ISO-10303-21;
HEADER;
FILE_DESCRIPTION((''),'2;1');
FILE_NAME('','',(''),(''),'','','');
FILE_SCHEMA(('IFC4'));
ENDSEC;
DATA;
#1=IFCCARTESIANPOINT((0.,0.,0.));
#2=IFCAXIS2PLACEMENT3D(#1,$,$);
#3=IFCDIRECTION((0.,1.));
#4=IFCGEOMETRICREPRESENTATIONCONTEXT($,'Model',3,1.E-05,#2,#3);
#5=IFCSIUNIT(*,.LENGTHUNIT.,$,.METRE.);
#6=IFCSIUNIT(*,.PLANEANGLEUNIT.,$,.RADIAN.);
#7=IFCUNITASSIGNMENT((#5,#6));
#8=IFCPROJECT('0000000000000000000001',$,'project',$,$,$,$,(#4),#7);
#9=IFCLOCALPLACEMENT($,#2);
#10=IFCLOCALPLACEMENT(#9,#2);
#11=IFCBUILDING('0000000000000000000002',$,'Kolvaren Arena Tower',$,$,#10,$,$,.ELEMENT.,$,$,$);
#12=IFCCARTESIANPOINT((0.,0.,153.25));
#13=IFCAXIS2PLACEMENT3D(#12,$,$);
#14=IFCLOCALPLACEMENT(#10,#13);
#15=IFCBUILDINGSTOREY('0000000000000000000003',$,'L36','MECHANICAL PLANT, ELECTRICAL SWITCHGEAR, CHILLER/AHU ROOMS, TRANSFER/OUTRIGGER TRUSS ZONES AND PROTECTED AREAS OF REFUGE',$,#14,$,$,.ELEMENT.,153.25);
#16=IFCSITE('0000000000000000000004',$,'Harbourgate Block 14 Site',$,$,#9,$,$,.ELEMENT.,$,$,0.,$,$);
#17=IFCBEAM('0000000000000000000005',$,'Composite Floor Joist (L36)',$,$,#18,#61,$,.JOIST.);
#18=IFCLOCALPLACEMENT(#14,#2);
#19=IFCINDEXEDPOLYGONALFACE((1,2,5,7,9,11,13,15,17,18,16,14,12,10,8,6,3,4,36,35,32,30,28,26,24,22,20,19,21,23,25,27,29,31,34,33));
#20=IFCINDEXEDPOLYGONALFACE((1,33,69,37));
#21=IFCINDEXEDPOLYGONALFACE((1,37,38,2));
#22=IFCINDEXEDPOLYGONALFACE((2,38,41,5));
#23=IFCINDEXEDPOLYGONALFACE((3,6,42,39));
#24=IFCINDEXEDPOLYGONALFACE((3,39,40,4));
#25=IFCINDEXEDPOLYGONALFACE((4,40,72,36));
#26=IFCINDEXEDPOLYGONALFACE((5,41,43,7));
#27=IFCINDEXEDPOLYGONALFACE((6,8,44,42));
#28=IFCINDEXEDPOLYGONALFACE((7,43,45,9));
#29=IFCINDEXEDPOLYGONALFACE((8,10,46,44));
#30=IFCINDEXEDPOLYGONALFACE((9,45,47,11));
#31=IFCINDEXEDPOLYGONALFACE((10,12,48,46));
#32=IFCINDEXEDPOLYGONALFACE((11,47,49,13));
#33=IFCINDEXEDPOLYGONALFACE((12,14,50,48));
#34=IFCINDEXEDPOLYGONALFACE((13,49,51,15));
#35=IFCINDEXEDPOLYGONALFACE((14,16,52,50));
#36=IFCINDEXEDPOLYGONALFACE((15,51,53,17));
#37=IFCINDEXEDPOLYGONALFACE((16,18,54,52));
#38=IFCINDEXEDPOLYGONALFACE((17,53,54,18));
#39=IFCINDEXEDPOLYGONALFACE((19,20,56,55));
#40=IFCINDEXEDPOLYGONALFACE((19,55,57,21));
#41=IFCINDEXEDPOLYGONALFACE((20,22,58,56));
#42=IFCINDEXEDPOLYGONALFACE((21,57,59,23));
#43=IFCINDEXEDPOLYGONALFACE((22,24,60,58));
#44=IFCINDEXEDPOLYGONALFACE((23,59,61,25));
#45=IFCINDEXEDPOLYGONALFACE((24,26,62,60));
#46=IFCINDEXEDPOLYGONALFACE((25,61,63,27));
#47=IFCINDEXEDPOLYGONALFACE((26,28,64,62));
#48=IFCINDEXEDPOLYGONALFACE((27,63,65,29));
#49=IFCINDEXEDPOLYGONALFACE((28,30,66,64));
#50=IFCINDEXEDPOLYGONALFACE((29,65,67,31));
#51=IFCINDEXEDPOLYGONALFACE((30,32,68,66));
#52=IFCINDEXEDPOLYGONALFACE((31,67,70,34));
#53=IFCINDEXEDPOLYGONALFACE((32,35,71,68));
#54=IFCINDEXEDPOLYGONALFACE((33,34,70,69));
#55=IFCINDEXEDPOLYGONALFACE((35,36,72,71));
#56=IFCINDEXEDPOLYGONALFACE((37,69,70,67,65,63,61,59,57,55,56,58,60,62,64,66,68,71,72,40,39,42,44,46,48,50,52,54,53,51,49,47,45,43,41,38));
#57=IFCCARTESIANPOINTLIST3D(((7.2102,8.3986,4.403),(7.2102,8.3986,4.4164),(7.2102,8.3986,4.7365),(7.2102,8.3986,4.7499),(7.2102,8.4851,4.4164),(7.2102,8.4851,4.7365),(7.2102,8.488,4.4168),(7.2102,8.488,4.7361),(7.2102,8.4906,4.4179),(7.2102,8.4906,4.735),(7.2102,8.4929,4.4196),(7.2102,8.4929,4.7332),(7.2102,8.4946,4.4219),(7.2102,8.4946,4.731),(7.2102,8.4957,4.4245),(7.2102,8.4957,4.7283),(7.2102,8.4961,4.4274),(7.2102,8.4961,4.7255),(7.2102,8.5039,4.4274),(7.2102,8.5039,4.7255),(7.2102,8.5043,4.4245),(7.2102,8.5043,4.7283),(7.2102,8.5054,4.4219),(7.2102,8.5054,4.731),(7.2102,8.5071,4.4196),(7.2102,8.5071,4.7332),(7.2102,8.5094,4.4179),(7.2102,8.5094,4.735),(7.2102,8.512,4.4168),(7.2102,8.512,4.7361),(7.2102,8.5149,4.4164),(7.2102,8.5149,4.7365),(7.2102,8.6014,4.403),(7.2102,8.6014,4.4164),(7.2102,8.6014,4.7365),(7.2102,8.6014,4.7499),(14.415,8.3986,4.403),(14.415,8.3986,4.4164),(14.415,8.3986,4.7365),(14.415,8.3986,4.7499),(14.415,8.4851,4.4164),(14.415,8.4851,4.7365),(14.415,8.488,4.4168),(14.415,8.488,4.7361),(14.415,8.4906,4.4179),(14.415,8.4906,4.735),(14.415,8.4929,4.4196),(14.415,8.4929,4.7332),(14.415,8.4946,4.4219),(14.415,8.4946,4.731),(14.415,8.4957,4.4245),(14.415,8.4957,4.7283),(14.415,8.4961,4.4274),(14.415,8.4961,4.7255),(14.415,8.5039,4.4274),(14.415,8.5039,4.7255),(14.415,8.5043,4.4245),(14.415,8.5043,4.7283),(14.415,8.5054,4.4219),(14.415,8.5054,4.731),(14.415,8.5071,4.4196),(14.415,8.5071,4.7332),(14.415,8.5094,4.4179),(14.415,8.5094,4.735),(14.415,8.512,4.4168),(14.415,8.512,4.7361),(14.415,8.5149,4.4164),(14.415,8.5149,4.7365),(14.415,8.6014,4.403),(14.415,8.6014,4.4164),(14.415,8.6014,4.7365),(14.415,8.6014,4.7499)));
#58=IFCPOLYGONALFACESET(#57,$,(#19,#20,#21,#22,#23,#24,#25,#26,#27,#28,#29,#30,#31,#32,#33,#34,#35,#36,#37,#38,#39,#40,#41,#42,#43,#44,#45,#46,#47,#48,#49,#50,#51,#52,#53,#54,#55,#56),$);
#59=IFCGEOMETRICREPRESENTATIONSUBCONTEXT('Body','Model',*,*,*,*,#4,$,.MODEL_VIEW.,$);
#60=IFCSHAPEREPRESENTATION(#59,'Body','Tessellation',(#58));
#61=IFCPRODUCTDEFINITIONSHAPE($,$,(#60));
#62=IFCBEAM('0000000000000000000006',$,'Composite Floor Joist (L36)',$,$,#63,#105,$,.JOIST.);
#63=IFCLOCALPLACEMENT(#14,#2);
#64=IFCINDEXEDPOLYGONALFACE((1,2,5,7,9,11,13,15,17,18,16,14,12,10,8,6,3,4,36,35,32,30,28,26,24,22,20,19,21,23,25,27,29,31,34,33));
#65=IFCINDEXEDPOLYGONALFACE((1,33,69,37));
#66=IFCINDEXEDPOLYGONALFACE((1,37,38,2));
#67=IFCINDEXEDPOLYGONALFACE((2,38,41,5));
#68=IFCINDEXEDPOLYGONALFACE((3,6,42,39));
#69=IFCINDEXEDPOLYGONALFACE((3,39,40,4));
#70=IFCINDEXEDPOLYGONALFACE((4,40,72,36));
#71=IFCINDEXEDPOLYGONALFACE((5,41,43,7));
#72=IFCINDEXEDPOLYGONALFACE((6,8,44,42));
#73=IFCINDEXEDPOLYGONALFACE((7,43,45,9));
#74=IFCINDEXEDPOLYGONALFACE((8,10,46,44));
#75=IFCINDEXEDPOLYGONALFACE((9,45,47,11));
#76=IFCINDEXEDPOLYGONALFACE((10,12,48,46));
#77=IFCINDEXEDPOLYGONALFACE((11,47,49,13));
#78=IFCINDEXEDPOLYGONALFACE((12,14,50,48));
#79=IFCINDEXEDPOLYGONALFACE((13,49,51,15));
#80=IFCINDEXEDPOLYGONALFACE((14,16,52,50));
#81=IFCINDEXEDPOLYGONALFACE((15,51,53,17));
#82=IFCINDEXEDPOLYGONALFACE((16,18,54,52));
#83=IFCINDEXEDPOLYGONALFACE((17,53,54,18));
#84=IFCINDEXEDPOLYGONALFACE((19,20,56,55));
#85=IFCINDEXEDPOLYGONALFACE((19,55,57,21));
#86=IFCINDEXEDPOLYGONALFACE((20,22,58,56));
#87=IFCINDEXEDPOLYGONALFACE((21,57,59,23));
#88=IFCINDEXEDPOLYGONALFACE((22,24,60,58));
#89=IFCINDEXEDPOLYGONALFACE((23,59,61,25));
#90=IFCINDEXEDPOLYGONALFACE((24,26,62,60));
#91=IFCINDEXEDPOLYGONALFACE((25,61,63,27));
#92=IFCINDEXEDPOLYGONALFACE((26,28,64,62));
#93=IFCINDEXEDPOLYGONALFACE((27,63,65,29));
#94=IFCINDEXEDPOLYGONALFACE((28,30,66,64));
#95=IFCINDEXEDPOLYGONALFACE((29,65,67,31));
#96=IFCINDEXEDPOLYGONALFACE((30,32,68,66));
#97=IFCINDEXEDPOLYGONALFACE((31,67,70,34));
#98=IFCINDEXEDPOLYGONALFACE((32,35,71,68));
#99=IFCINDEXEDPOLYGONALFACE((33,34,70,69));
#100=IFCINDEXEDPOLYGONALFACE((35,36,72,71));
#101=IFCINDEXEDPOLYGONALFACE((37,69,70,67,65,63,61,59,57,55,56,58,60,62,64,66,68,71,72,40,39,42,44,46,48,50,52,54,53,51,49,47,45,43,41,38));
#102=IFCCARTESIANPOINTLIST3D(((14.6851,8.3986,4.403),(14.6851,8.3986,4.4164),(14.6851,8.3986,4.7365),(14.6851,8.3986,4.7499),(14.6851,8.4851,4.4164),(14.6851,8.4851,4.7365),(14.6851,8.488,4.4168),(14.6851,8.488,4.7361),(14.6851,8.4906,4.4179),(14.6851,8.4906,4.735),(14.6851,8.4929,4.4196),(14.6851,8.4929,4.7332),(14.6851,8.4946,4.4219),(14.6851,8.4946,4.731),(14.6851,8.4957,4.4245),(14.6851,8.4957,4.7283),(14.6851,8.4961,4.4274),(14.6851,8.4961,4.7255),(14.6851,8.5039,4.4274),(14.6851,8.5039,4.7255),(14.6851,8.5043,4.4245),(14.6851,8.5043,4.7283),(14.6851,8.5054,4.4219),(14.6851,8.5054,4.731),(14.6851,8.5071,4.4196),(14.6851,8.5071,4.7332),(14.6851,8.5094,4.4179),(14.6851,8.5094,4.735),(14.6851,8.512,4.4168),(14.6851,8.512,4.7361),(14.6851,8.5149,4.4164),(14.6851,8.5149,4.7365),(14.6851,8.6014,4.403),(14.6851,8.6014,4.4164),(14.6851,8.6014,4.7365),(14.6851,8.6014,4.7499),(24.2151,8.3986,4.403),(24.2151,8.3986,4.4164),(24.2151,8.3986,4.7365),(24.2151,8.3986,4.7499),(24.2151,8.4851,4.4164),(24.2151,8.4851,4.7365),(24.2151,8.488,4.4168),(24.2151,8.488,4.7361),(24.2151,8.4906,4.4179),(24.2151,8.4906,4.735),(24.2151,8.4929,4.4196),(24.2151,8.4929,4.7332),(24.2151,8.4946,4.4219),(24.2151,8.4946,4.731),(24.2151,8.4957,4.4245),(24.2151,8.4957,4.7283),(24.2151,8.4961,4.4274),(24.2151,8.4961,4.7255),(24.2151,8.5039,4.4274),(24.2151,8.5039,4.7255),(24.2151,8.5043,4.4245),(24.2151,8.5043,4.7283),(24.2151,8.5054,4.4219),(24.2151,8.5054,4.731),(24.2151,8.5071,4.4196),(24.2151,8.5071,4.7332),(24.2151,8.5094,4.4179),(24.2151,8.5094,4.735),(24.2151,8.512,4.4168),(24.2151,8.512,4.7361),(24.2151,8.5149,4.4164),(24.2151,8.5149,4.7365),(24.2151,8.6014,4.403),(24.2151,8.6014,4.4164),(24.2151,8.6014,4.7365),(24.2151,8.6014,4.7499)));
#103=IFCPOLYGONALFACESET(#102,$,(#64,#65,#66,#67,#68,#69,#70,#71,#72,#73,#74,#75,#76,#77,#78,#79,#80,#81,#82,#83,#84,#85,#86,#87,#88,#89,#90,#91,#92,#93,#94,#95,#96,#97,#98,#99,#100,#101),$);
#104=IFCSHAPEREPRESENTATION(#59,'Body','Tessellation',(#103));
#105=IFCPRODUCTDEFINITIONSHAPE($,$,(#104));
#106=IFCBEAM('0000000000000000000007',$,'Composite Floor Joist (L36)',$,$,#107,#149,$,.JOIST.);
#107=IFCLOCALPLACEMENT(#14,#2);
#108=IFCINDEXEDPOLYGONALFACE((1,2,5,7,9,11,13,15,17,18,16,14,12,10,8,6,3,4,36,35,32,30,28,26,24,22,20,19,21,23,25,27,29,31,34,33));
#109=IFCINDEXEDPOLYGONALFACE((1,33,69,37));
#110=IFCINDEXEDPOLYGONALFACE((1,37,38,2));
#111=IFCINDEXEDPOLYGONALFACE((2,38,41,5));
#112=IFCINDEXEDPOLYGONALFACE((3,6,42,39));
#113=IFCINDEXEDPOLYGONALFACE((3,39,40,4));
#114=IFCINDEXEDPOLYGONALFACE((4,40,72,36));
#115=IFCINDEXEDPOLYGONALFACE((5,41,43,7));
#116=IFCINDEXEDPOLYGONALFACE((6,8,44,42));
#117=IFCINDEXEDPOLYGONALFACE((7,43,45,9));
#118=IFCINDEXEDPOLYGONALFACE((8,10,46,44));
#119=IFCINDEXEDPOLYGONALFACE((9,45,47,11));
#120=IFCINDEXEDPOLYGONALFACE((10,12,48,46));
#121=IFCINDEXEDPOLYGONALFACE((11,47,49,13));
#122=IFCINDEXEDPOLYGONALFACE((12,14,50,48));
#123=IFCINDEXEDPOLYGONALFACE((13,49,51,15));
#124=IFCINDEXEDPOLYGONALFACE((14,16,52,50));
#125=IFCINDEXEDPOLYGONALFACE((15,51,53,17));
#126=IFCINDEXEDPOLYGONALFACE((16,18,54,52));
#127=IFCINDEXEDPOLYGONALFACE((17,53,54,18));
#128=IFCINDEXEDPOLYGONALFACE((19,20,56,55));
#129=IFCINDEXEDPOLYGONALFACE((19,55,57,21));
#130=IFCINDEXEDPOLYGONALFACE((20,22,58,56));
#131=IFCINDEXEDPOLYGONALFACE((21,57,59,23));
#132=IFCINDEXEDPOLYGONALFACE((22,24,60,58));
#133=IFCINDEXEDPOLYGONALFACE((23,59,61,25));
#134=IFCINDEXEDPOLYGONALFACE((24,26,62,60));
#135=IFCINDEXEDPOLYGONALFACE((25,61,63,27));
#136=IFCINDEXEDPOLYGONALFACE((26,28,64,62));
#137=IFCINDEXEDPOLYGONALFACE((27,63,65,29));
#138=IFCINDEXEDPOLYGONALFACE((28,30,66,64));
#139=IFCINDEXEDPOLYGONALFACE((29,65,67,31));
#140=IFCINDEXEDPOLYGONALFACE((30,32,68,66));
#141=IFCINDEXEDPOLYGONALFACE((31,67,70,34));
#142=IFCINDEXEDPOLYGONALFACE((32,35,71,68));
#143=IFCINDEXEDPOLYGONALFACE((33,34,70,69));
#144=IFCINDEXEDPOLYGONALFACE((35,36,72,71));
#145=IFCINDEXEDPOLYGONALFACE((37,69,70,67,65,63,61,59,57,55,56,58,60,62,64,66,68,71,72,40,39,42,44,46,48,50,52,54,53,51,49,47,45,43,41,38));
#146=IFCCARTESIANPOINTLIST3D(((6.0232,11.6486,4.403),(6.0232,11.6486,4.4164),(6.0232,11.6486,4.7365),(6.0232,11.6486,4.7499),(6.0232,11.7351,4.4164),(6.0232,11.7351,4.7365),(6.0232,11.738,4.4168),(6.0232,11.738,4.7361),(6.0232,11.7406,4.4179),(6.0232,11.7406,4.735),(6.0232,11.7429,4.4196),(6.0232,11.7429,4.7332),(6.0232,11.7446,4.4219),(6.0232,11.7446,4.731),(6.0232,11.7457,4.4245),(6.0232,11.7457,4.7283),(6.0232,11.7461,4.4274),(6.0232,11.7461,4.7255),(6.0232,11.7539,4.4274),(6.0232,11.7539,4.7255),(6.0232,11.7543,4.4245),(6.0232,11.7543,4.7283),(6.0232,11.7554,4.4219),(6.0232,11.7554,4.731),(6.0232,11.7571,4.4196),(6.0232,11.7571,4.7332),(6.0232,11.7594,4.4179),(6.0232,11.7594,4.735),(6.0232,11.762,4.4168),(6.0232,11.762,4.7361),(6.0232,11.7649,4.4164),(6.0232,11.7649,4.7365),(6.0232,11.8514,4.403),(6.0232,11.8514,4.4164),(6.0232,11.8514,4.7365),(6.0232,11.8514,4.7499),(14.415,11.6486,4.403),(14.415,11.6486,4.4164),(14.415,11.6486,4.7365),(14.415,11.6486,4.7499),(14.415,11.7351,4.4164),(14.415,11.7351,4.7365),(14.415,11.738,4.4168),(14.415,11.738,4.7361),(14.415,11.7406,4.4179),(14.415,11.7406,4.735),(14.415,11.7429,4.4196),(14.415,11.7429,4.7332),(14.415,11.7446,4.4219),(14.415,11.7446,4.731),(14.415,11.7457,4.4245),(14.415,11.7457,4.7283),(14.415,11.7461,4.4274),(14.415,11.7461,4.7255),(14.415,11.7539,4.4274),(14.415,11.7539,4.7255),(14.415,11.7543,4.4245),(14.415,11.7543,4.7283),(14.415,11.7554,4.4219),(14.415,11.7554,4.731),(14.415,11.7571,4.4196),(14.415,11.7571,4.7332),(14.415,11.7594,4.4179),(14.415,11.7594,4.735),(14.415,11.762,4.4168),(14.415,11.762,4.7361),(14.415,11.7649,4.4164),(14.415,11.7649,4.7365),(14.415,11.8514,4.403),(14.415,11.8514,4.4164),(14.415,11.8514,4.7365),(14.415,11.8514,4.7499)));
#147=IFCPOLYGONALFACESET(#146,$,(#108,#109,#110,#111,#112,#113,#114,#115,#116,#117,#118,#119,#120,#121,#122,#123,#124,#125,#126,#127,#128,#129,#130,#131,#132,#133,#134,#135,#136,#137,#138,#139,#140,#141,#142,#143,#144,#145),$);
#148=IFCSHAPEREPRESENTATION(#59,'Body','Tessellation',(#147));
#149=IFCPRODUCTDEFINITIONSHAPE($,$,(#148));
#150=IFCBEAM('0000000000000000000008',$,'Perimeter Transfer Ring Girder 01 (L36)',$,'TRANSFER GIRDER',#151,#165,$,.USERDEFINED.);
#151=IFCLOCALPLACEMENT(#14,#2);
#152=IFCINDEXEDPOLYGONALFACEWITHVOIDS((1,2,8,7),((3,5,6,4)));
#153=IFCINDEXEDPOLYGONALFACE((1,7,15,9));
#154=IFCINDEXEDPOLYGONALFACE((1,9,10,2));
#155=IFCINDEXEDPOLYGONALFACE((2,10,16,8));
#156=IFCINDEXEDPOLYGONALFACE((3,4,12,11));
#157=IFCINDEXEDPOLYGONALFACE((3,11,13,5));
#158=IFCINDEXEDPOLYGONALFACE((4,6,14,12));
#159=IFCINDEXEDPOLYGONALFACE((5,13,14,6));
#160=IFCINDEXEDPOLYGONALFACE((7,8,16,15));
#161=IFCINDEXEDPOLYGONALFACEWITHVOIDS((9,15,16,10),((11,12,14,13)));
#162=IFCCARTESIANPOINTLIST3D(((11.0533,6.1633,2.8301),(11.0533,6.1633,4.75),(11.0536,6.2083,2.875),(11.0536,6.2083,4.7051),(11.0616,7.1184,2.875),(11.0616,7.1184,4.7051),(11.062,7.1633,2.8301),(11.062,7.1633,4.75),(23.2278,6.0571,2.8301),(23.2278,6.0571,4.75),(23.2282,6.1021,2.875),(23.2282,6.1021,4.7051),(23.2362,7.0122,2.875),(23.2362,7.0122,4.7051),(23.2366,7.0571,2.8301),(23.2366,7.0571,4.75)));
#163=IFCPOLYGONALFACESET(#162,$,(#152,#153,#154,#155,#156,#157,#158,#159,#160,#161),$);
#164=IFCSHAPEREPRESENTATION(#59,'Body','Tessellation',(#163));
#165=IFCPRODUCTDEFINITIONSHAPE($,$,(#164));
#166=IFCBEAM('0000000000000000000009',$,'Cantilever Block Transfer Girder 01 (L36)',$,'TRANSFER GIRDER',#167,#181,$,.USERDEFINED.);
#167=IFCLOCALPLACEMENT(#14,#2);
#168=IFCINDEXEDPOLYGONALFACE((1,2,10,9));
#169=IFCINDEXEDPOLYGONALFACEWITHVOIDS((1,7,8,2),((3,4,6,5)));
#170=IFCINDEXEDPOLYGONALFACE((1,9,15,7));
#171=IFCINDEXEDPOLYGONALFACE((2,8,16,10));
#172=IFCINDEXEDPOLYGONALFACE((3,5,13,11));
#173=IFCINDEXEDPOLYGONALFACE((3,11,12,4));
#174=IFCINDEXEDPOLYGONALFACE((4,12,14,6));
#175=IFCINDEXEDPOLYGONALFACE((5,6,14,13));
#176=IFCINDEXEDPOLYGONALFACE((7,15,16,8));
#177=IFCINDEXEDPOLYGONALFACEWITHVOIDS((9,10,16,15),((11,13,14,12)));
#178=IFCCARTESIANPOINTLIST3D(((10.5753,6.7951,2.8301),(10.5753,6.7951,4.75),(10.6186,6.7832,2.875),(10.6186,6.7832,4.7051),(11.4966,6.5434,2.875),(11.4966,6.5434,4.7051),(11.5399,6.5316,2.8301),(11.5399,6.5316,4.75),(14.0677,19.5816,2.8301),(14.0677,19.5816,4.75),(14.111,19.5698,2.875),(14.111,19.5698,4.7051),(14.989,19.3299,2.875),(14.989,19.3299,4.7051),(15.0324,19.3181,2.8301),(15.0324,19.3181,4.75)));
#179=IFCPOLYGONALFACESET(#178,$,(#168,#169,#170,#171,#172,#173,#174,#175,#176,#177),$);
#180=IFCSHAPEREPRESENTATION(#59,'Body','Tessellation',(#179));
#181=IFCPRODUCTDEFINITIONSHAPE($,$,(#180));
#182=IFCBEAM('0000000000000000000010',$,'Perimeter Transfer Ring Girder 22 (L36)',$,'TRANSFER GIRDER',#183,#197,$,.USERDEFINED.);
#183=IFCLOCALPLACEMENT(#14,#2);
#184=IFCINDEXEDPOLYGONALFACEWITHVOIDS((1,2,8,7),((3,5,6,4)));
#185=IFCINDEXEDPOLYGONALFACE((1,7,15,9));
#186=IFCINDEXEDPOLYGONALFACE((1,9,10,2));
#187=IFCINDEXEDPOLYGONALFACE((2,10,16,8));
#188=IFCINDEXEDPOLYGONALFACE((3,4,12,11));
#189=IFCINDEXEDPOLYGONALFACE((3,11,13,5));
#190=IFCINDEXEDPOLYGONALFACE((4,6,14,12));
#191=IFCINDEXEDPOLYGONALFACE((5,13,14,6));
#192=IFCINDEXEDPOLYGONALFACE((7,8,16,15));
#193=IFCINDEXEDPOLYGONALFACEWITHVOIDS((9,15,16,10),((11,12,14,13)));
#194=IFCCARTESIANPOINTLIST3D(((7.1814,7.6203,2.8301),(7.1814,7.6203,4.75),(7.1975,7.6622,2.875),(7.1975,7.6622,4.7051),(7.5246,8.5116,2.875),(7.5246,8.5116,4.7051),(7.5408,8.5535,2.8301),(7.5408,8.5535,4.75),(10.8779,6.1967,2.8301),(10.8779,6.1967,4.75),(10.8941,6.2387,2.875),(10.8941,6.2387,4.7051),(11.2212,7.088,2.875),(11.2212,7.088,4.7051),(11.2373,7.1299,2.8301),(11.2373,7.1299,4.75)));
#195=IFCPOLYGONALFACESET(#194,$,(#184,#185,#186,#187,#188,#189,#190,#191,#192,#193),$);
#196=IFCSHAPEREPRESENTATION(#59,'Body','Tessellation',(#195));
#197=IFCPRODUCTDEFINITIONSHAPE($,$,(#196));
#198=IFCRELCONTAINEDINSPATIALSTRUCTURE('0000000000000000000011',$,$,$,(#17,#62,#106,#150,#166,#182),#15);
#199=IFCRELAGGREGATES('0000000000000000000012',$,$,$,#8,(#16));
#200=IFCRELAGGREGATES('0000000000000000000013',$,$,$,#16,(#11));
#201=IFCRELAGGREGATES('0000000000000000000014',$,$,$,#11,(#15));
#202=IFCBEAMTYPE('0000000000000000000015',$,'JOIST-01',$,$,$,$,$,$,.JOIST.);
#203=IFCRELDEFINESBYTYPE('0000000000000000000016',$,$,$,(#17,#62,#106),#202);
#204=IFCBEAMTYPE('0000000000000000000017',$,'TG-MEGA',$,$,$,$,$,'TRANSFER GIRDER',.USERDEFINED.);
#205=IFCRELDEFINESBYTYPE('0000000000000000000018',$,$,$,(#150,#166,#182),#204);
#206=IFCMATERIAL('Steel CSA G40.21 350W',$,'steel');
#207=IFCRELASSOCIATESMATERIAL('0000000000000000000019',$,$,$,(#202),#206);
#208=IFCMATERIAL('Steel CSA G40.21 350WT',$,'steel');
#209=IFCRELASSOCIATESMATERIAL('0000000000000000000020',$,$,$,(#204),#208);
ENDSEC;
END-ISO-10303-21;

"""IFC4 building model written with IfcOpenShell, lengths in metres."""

from ifc_helpers import new_model, si_unit, direction, frame, origin, origin_2d, place, context, subcontext, project, spatial, hollow_rectangle, i_section, extrude, material, material_profile, profile_set, type_object, element, save


model = new_model("IFC4")

# Units and contexts
model_context = context("Model", 3, precision=1e-05, world=origin(), true_north=direction((0.0, 1.0)))
body_context = subcontext(model_context, "Body", "Model", "MODEL_VIEW")
ifc_project = project(units=[si_unit("LENGTHUNIT", "METRE"), si_unit("PLANEANGLEUNIT", "RADIAN")], contexts=[model_context])

# Site, building, storey
site_placement = place(None, origin())
site = spatial("IfcSite", under=ifc_project, at=site_placement, Name="Harbourgate Block 14 Site", CompositionType="ELEMENT", RefElevation=0.0)
building_placement = place(site_placement, origin())
building = spatial("IfcBuilding", under=site, at=building_placement, Name="Kolvaren Arena Tower", CompositionType="ELEMENT")
storey_placement = place(building_placement, frame((0.0, 0.0, 153.25)))
storey = spatial("IfcBuildingStorey", under=building, at=storey_placement, Name="L36", Description="MECHANICAL PLANT, ELECTRICAL SWITCHGEAR, CHILLER/AHU ROOMS, TRANSFER/OUTRIGGER TRUSS ZONES AND PROTECTED AREAS OF REFUGE", CompositionType="ELEMENT", Elevation=153.25)

# Shared definitions
ifc_material_1 = material(Name="Steel CSA G40.21 350WT", Category="steel")

# Beams
ifc_material_2 = material(Name="Steel CSA G40.21 350W", Category="steel")
ifc_material_profile_1 = material_profile(ifc_material_2, i_section(OverallWidth=0.2029, OverallDepth=0.3469, WebThickness=0.0078, FlangeThickness=0.0134, FilletRadius=0.011, at=origin_2d()), Name="W360x64")
ifc_profile_set_1 = profile_set([ifc_material_profile_1], Name="Steel CSA G40.21 350W")
beam_type_1 = type_object("IfcBeamType", Name="JOIST-01", PredefinedType="JOIST", material=ifc_profile_set_1)
beam_1_placement = place(storey_placement, frame((7.2102, 8.5, 4.5764), z_axis=(1.0, 0.0, 0.0), x_axis=(0.0, 1.0, 0.0)))
element("IfcBeam", 1, at=beam_1_placement, inside=storey, type_object=beam_type_1, Name="Composite Floor Joist (L36)", PredefinedType="JOIST", context=body_context, shape_type="SweptSolid", body=[
    extrude(i_section(OverallWidth=0.2029, OverallDepth=0.3469, WebThickness=0.0078, FlangeThickness=0.0134, FilletRadius=0.011, at=origin_2d()), origin(), (0.0, 0.0, 1.0), 7.2048),
])
beam_2_placement = place(storey_placement, frame((14.6851, 8.5, 4.5764), z_axis=(1.0, 0.0, 0.0), x_axis=(0.0, 1.0, 0.0)))
element("IfcBeam", 2, at=beam_2_placement, inside=storey, type_object=beam_type_1, Name="Composite Floor Joist (L36)", PredefinedType="JOIST", context=body_context, shape_type="SweptSolid", body=[
    extrude(i_section(OverallWidth=0.2029, OverallDepth=0.3469, WebThickness=0.0078, FlangeThickness=0.0134, FilletRadius=0.011, at=origin_2d()), origin(), (0.0, 0.0, 1.0), 9.53),
])
beam_3_placement = place(storey_placement, frame((6.0232, 11.75, 4.5764), z_axis=(1.0, 0.0, 0.0), x_axis=(0.0, 1.0, 0.0)))
element("IfcBeam", 3, at=beam_3_placement, inside=storey, type_object=beam_type_1, Name="Composite Floor Joist (L36)", PredefinedType="JOIST", context=body_context, shape_type="SweptSolid", body=[
    extrude(i_section(OverallWidth=0.2029, OverallDepth=0.3469, WebThickness=0.0078, FlangeThickness=0.0134, FilletRadius=0.011, at=origin_2d()), origin(), (0.0, 0.0, 1.0), 8.3918),
])
ifc_material_profile_2 = material_profile(ifc_material_1, hollow_rectangle(XDim=1.0, YDim=1.9199, WallThickness=0.0449, at=origin_2d()), Name="BOX 1000x1920x45")
ifc_profile_set_2 = profile_set([ifc_material_profile_2], Name="Steel CSA G40.21 350WT")
beam_type_2 = type_object("IfcBeamType", Name="TG-MEGA", ElementType="TRANSFER GIRDER", PredefinedType="USERDEFINED", material=ifc_profile_set_2)
beam_4_placement = place(storey_placement, frame((11.0576, 6.6633, 3.79), z_axis=(0.999962, -0.008723, 0.0), x_axis=(0.008723, 0.999962, 0.0)))
element("IfcBeam", 4, at=beam_4_placement, inside=storey, type_object=beam_type_2, Name="Perimeter Transfer Ring Girder 01 (L36)", ObjectType="TRANSFER GIRDER", PredefinedType="USERDEFINED", context=body_context, shape_type="SweptSolid", body=[
    extrude(hollow_rectangle(XDim=1.0, YDim=1.9199, WallThickness=0.0449, at=origin_2d()), origin(), (0.0, 0.0, 1.0), 12.175),
])
beam_5_placement = place(storey_placement, frame((11.0576, 6.6633, 3.79), z_axis=(0.263481, 0.964665, 0.0), x_axis=(-0.964665, 0.263481, 0.0)))
element("IfcBeam", 5, at=beam_5_placement, inside=storey, type_object=beam_type_2, Name="Cantilever Block Transfer Girder 01 (L36)", ObjectType="TRANSFER GIRDER", PredefinedType="USERDEFINED", context=body_context, shape_type="SweptSolid", body=[
    extrude(hollow_rectangle(XDim=1.0, YDim=1.9199, WallThickness=0.0449, at=origin_2d()), origin(), (0.0, 0.0, 1.0), 13.2549),
])
beam_6_placement = place(storey_placement, frame((7.3611, 8.0869, 3.79), z_axis=(0.93319, -0.359384, 0.0), x_axis=(0.359384, 0.93319, 0.0)))
element("IfcBeam", 6, at=beam_6_placement, inside=storey, type_object=beam_type_2, Name="Perimeter Transfer Ring Girder 22 (L36)", ObjectType="TRANSFER GIRDER", PredefinedType="USERDEFINED", context=body_context, shape_type="SweptSolid", body=[
    extrude(hollow_rectangle(XDim=1.0, YDim=1.9199, WallThickness=0.0449, at=origin_2d()), origin(), (0.0, 0.0, 1.0), 3.9612),
])

save(model, "model.ifc")
